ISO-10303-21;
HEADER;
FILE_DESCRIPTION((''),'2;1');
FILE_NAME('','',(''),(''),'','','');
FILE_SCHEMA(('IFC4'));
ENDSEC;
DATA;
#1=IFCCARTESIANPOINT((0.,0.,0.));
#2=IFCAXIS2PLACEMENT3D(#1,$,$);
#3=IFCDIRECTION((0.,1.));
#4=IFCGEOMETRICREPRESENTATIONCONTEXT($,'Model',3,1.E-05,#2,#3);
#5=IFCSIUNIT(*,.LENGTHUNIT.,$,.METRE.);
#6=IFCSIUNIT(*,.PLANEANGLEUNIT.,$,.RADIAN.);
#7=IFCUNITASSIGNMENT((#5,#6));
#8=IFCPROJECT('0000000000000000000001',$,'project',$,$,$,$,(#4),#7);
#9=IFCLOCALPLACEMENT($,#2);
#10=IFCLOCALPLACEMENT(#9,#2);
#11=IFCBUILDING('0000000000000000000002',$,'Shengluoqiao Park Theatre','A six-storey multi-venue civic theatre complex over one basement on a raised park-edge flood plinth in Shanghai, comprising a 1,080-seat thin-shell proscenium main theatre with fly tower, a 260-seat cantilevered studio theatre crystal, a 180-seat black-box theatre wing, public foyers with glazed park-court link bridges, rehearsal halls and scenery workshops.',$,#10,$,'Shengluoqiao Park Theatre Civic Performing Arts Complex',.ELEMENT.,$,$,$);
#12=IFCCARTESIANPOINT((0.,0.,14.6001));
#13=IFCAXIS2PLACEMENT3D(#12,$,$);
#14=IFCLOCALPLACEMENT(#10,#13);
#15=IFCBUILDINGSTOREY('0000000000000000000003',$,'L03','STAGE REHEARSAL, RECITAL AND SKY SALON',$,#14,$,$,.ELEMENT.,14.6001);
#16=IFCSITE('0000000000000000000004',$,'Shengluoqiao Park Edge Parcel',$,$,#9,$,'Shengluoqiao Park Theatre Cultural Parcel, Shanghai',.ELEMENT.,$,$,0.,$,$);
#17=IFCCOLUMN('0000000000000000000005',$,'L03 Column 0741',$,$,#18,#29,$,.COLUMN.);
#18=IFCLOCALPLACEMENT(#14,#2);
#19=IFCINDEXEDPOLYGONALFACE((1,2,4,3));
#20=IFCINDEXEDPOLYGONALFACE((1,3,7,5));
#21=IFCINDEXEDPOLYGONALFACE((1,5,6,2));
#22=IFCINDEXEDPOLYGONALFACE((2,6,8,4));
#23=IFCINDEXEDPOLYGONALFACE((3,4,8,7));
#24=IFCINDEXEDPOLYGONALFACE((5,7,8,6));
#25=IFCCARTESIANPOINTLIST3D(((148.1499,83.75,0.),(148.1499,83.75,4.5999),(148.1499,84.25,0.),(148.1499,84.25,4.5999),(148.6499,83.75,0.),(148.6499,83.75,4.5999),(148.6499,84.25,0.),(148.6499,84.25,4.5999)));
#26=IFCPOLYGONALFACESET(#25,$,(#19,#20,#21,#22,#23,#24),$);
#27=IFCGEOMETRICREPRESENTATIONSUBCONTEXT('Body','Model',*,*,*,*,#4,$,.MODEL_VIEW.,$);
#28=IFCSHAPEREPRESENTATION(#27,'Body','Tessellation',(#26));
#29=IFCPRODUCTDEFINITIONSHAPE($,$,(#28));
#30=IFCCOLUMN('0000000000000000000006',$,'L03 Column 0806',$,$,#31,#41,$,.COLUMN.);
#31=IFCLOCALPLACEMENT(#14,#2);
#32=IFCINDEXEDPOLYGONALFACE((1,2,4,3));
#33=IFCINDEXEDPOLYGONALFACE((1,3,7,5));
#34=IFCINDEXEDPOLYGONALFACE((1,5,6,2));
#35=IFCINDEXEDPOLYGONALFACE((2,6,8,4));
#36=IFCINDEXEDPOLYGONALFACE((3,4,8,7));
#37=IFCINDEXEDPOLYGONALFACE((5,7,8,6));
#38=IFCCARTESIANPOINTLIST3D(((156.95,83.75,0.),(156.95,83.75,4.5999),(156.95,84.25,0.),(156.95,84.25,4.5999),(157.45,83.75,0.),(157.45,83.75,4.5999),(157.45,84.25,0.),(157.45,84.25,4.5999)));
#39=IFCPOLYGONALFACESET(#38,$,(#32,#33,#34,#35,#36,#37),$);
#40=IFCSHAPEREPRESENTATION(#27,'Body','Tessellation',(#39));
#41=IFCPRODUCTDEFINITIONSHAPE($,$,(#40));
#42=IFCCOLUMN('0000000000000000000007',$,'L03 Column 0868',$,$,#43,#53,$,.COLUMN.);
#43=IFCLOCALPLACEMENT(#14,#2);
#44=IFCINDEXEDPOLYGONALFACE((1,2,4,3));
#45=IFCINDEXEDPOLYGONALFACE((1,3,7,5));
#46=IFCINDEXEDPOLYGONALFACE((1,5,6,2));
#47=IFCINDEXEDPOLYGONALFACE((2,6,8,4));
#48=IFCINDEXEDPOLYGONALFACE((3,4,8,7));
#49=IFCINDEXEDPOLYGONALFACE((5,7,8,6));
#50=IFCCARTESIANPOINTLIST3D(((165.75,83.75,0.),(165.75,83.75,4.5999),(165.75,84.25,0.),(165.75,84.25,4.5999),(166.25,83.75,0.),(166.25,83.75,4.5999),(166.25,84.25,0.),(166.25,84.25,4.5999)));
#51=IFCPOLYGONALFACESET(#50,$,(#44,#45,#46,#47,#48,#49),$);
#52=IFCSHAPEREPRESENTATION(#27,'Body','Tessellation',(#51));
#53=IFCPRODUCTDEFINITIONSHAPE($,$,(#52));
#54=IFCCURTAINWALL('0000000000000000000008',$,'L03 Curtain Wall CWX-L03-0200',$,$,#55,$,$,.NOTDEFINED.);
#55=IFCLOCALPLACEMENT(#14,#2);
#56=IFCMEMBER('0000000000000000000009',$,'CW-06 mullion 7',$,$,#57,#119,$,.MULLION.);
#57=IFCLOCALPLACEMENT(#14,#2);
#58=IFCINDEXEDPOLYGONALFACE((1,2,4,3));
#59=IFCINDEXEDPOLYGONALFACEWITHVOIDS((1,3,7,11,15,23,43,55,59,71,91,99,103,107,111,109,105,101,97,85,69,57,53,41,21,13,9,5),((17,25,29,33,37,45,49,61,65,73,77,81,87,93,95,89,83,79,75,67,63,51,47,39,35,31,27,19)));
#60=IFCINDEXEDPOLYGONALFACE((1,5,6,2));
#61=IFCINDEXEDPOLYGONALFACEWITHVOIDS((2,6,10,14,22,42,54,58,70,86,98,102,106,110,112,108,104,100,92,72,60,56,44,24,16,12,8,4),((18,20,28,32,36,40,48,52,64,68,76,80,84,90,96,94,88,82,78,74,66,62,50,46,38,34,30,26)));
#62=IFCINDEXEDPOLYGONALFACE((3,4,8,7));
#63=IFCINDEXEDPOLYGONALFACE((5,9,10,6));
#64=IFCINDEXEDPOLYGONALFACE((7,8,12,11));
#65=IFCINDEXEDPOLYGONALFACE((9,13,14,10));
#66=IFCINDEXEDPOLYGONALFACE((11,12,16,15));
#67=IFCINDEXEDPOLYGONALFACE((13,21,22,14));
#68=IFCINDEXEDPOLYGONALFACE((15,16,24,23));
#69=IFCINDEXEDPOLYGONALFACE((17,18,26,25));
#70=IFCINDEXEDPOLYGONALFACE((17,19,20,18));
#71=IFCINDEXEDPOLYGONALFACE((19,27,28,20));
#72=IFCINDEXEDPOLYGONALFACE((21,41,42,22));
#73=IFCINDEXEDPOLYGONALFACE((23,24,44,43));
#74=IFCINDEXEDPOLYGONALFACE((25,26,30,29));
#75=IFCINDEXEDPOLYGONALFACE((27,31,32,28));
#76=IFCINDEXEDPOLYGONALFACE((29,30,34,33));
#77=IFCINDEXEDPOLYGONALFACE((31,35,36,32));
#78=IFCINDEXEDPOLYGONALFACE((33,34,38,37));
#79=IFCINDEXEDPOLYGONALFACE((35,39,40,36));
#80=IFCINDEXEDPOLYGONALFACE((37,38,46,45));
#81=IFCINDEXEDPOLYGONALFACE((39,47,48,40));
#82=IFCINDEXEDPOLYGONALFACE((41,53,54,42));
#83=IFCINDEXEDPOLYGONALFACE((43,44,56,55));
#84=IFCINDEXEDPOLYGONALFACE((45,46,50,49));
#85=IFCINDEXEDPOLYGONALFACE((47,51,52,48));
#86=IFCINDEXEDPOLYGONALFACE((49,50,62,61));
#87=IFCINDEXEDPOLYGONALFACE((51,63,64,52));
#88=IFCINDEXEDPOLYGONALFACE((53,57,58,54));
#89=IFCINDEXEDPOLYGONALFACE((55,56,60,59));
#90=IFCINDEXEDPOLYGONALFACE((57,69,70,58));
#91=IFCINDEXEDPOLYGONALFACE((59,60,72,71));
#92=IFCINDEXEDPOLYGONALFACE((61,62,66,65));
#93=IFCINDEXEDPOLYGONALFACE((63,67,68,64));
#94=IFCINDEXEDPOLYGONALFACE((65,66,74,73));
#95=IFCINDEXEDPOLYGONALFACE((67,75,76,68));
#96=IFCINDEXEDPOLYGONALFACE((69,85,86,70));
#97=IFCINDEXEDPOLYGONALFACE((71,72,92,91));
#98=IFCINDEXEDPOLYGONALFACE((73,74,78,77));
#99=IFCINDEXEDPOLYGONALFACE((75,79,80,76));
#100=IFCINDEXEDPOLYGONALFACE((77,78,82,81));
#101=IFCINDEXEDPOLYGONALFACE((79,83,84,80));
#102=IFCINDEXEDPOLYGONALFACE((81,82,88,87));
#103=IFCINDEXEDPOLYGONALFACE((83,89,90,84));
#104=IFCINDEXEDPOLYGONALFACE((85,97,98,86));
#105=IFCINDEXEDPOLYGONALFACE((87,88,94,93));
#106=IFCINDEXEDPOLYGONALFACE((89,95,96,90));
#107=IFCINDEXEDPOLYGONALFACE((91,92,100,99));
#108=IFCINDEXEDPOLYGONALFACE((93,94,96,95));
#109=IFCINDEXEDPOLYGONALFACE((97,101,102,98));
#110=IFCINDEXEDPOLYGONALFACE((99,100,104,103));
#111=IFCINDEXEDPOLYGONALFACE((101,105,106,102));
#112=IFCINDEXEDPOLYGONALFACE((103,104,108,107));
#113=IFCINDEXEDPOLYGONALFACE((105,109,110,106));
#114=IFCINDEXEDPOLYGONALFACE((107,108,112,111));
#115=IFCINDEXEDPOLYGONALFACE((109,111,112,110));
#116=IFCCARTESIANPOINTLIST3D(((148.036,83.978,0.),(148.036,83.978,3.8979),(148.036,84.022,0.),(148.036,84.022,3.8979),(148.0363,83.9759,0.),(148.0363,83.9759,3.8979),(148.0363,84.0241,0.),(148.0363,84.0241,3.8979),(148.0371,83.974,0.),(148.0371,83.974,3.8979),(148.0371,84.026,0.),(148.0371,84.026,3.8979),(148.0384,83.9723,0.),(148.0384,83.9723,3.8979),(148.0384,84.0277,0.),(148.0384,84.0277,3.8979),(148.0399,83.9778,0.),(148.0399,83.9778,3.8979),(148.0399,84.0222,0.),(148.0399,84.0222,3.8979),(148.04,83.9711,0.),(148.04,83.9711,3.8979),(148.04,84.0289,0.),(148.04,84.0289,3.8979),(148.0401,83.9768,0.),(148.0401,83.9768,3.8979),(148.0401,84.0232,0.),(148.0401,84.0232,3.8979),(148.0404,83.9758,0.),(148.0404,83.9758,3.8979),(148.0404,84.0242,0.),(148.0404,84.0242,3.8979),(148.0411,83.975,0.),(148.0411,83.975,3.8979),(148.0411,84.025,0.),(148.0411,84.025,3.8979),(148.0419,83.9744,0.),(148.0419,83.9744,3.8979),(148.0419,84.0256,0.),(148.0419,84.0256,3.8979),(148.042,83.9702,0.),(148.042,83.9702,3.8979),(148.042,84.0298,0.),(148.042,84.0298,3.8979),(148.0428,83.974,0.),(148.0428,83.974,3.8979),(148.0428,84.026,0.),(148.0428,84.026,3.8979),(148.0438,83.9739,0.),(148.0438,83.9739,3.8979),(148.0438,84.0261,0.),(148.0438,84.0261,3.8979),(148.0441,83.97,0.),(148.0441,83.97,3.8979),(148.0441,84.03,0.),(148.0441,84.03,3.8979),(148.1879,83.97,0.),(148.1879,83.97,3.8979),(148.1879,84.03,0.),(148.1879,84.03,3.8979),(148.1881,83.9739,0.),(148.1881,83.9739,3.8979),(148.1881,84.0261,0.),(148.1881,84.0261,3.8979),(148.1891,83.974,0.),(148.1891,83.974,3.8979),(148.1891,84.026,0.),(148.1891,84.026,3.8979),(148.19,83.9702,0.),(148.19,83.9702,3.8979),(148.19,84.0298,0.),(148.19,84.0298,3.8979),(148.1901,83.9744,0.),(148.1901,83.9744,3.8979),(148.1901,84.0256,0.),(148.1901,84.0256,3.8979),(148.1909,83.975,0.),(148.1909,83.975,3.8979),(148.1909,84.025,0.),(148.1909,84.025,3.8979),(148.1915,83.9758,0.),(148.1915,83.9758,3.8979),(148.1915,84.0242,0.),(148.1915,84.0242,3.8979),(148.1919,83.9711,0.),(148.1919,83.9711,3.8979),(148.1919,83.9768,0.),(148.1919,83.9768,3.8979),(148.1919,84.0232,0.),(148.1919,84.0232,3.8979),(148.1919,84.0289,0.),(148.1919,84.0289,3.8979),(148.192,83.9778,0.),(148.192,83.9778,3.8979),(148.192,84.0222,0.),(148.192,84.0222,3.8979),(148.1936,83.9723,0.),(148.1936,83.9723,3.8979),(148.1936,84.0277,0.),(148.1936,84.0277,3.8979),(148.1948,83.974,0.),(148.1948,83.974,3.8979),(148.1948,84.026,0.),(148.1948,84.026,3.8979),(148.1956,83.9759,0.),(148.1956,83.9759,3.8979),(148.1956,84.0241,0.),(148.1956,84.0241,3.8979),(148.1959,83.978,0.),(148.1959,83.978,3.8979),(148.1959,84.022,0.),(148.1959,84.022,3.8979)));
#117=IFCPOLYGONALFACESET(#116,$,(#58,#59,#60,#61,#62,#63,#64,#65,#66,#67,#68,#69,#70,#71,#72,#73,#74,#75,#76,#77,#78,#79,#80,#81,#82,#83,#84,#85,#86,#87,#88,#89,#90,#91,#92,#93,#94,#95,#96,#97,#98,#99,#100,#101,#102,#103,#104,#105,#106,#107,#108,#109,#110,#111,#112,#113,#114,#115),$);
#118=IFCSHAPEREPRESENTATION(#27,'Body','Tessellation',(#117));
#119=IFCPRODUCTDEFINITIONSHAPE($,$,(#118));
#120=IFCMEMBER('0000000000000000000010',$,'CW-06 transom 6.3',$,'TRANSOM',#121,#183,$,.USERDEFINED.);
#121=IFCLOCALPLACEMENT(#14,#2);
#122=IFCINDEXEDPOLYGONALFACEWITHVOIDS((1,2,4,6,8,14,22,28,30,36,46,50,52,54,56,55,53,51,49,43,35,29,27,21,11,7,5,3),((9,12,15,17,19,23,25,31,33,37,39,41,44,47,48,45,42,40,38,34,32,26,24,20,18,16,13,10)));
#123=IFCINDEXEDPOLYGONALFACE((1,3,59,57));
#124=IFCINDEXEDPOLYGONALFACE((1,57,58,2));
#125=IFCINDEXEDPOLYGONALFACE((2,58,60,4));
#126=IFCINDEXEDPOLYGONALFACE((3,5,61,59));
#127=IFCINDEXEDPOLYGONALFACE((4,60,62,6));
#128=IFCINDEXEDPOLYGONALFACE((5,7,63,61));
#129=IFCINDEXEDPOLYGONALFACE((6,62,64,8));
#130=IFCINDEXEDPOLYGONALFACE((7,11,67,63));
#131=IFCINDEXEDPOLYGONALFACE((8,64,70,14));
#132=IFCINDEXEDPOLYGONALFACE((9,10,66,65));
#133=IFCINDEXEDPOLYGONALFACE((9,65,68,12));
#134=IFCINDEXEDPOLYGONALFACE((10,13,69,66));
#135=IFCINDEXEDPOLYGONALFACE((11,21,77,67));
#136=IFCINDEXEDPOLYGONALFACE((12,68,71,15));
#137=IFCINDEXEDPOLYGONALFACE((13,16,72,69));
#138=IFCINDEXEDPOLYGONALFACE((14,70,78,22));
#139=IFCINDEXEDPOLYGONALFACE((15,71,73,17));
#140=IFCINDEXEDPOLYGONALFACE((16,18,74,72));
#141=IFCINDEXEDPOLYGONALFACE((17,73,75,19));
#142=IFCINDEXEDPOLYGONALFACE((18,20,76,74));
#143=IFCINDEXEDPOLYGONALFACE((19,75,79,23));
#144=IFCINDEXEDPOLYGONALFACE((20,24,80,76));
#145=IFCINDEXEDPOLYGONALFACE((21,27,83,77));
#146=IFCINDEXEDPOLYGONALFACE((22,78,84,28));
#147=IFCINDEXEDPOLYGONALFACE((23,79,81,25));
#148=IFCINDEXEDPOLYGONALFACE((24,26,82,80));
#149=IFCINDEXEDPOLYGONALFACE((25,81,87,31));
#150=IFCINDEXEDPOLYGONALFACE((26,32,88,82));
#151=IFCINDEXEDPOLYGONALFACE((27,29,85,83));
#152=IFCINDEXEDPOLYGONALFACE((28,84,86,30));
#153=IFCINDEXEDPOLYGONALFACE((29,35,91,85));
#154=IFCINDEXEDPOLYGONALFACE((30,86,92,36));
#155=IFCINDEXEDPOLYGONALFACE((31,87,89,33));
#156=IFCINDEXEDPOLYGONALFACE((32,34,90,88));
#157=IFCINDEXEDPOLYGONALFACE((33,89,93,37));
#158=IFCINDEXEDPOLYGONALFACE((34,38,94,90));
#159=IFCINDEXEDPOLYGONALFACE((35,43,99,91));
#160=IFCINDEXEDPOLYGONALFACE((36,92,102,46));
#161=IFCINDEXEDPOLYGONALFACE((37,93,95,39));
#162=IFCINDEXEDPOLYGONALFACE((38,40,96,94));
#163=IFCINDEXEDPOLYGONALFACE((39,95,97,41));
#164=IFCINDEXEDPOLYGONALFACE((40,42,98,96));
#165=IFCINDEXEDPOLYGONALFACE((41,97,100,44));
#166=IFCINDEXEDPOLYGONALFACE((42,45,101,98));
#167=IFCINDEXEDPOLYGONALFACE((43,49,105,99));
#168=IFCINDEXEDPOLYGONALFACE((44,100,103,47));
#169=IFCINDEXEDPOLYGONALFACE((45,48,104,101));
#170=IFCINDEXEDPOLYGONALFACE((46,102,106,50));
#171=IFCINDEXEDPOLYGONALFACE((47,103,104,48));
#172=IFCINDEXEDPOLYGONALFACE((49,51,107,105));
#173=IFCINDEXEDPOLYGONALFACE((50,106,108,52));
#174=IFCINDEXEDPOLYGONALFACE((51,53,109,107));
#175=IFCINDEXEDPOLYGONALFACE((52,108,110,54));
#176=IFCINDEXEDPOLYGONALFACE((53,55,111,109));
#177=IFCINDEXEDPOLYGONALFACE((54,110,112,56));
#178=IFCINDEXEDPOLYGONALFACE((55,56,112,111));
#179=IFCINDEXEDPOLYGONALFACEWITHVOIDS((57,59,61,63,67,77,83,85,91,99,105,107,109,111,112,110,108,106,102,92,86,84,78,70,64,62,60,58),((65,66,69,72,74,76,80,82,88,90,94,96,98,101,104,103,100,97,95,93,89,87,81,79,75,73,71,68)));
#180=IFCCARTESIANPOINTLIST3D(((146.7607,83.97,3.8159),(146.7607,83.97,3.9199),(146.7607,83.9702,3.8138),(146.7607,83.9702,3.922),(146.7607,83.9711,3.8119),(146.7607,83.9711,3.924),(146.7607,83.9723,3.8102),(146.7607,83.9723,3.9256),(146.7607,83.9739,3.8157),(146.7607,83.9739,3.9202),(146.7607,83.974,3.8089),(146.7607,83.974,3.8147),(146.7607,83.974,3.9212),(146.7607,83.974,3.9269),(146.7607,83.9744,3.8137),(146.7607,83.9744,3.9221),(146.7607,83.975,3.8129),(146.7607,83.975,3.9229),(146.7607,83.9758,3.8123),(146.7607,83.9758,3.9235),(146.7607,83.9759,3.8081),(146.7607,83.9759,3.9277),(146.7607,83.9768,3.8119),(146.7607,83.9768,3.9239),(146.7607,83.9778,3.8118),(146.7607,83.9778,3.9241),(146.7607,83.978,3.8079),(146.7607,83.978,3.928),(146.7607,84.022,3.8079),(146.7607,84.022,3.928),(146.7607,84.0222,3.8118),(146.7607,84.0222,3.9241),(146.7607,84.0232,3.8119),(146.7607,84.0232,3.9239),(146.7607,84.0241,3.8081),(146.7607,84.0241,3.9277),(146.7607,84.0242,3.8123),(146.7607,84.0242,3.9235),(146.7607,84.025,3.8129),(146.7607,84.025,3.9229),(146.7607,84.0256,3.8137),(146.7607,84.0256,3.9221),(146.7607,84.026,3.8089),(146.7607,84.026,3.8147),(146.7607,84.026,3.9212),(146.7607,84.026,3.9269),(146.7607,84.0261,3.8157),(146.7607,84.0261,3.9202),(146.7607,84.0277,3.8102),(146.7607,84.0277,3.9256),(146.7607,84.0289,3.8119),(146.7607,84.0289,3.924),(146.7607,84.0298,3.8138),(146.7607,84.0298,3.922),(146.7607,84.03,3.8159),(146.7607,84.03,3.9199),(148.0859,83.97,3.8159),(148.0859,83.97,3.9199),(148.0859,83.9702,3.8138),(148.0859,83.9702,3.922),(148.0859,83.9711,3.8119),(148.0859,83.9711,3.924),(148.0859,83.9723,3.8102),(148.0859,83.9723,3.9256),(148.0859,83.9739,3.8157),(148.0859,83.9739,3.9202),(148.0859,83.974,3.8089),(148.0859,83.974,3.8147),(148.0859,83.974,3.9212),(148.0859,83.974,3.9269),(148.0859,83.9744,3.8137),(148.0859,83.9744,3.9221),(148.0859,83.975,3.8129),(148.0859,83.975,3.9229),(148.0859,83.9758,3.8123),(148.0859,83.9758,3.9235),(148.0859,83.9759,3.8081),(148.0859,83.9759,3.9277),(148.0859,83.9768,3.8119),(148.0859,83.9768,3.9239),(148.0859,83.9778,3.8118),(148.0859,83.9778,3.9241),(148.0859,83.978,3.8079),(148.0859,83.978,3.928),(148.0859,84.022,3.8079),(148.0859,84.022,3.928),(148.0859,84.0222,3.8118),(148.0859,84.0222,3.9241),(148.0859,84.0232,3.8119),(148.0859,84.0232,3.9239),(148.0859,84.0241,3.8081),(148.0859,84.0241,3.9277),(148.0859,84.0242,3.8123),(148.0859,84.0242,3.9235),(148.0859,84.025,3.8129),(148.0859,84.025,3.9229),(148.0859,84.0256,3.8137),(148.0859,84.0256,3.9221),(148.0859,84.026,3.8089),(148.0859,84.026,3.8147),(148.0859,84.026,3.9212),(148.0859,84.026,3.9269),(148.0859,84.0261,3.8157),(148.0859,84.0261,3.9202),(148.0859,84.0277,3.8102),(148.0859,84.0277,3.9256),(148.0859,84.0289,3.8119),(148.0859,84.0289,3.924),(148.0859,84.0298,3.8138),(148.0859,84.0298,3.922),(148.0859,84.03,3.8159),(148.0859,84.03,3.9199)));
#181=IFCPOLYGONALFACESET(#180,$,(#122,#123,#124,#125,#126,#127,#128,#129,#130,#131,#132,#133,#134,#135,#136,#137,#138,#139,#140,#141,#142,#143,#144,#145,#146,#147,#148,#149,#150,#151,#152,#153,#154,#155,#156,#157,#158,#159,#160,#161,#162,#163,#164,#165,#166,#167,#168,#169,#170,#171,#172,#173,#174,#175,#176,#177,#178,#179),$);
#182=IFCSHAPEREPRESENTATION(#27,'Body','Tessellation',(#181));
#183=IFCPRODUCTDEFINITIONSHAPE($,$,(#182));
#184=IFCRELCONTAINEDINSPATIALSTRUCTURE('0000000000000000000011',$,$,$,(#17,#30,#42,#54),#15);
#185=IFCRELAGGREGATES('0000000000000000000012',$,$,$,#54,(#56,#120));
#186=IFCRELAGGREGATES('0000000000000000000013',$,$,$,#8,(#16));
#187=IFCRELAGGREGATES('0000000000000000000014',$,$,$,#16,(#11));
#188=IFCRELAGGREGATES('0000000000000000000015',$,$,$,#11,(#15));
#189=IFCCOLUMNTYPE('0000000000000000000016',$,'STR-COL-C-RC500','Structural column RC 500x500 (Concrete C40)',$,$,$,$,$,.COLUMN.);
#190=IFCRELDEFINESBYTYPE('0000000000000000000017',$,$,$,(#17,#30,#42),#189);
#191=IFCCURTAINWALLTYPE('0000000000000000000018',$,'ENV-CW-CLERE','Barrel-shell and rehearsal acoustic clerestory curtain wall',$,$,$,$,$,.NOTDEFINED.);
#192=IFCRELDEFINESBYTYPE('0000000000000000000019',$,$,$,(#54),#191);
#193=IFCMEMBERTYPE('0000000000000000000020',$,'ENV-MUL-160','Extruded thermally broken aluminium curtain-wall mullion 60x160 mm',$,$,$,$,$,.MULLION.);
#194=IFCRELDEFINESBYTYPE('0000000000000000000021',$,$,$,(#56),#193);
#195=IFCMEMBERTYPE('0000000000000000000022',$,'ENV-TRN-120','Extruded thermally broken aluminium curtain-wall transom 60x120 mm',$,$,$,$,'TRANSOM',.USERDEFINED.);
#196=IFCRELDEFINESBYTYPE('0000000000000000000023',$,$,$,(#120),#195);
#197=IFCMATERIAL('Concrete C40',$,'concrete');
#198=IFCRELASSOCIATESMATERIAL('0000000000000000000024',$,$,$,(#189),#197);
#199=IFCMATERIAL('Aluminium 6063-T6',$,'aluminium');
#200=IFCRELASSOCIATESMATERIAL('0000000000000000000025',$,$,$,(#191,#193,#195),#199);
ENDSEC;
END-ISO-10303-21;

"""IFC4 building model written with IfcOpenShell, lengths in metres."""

from ifc_helpers import new_model, si_unit, direction, frame, origin, origin_2d, place, context, subcontext, project, spatial, rectangle, hollow_rectangle, extrude, material, material_profile, profile_set, type_object, element, aggregate, save


model = new_model("IFC4")

# Units and contexts
model_context = context("Model", 3, precision=1e-05, world=origin(), true_north=direction((0.0, 1.0)))
body_context = subcontext(model_context, "Body", "Model", "MODEL_VIEW")
ifc_project = project(units=[si_unit("LENGTHUNIT", "METRE"), si_unit("PLANEANGLEUNIT", "RADIAN")], contexts=[model_context])

# Site, building, storey
site_placement = place(None, origin())
site = spatial("IfcSite", under=ifc_project, at=site_placement, Name="Shengluoqiao Park Edge Parcel", LongName="Shengluoqiao Park Theatre Cultural Parcel, Shanghai", CompositionType="ELEMENT", RefElevation=0.0)
building_placement = place(site_placement, origin())
building = spatial("IfcBuilding", under=site, at=building_placement, Name="Shengluoqiao Park Theatre", Description="A six-storey multi-venue civic theatre complex over one basement on a raised park-edge flood plinth in Shanghai, comprising a 1,080-seat thin-shell proscenium main theatre with fly tower, a 260-seat cantilevered studio theatre crystal, a 180-seat black-box theatre wing, public foyers with glazed park-court link bridges, rehearsal halls and scenery workshops.", LongName="Shengluoqiao Park Theatre Civic Performing Arts Complex", CompositionType="ELEMENT")
storey_placement = place(building_placement, frame((0.0, 0.0, 14.6001)))
storey = spatial("IfcBuildingStorey", under=building, at=storey_placement, Name="L03", Description="STAGE REHEARSAL, RECITAL AND SKY SALON", CompositionType="ELEMENT", Elevation=14.6001)

# Columns
ifc_material_1 = material(Name="Concrete C40", Category="concrete")
ifc_material_profile_1 = material_profile(ifc_material_1, rectangle(XDim=0.5, YDim=0.5, at=origin_2d()), Name="RC 500x500")
ifc_profile_set_1 = profile_set([ifc_material_profile_1], Name="Concrete C40")
column_type = type_object("IfcColumnType", Name="STR-COL-C-RC500", Description="Structural column RC 500x500 (Concrete C40)", PredefinedType="COLUMN", material=ifc_profile_set_1)
for number, where, z_axis, x_axis, name in (
    (1, (148.3999, 84.0, 0.0), (0.0, 0.0, 1.0), (1.0, 0.0, 0.0), "L03 Column 0741"),
    (2, (157.2, 84.0, 0.0), (0.0, 0.0, 1.0), (1.0, 0.0, 0.0), "L03 Column 0806"),
    (3, (166.0, 84.0, 0.0), (0.0, 0.0, 1.0), (1.0, 0.0, 0.0), "L03 Column 0868"),
):
    element("IfcColumn", number, at=place(storey_placement, frame(where, z_axis=z_axis, x_axis=x_axis)), inside=storey, type_object=column_type, Name=name, PredefinedType="COLUMN", context=body_context, shape_type="SweptSolid", body=[
        extrude(rectangle(XDim=0.5, YDim=0.5, at=origin_2d()), origin(), (0.0, 0.0, 1.0), 4.5999),
    ])

# Curtain wall, members
ifc_material_2 = material(Name="Aluminium 6063-T6", Category="aluminium")
curtain_wall_type = type_object("IfcCurtainWallType", Name="ENV-CW-CLERE", Description="Barrel-shell and rehearsal acoustic clerestory curtain wall", PredefinedType="NOTDEFINED", material=ifc_material_2)
curtain_wall_placement = place(storey_placement, origin())
curtain_wall = element("IfcCurtainWall", 4, at=curtain_wall_placement, inside=storey, type_object=curtain_wall_type, Name="L03 Curtain Wall CWX-L03-0200", PredefinedType="NOTDEFINED")
ifc_material_profile_2 = material_profile(ifc_material_2, hollow_rectangle(XDim=0.0601, YDim=0.1599, WallThickness=0.0039, InnerFilletRadius=0.0039, OuterFilletRadius=0.0081, at=origin_2d()), Name="ALU MULLION 160x60x4")
ifc_profile_set_2 = profile_set([ifc_material_profile_2], Name="Aluminium 6063-T6")
member_type_1 = type_object("IfcMemberType", Name="ENV-MUL-160", Description="Extruded thermally broken aluminium curtain-wall mullion 60x160 mm", PredefinedType="MULLION", material=ifc_profile_set_2)
member_1_placement = place(storey_placement, frame((148.116, 84.0, 0.0), z_axis=(0.0, 0.0, 1.0), x_axis=(0.0, 1.0, 0.0)))
member_1 = element("IfcMember", 5, at=member_1_placement, type_object=member_type_1, Name="CW-06 mullion 7", PredefinedType="MULLION", context=body_context, shape_type="SweptSolid", body=[
    extrude(hollow_rectangle(XDim=0.0601, YDim=0.1599, WallThickness=0.0039, InnerFilletRadius=0.0039, OuterFilletRadius=0.0081, at=origin_2d()), origin(), (0.0, 0.0, 1.0), 3.8979),
])
ifc_material_profile_3 = material_profile(ifc_material_2, hollow_rectangle(XDim=0.0601, YDim=0.1201, WallThickness=0.0039, InnerFilletRadius=0.0039, OuterFilletRadius=0.0081, at=origin_2d()), Name="ALU TRANSOM 120x60x4")
ifc_profile_set_3 = profile_set([ifc_material_profile_3], Name="Aluminium 6063-T6")
member_type_2 = type_object("IfcMemberType", Name="ENV-TRN-120", Description="Extruded thermally broken aluminium curtain-wall transom 60x120 mm", ElementType="TRANSOM", PredefinedType="USERDEFINED", material=ifc_profile_set_3)
member_2_placement = place(storey_placement, frame((146.7607, 84.0, 3.8679), z_axis=(1.0, 0.0, 0.0), x_axis=(0.0, 1.0, 0.0)))
member_2 = element("IfcMember", 6, at=member_2_placement, type_object=member_type_2, Name="CW-06 transom 6.3", ObjectType="TRANSOM", PredefinedType="USERDEFINED", context=body_context, shape_type="SweptSolid", body=[
    extrude(hollow_rectangle(XDim=0.0601, YDim=0.1201, WallThickness=0.0039, InnerFilletRadius=0.0039, OuterFilletRadius=0.0081, at=origin_2d()), origin(), (0.0, 0.0, 1.0), 1.3252),
])

aggregate(curtain_wall, [member_1, member_2])

save(model, "model.ifc")
